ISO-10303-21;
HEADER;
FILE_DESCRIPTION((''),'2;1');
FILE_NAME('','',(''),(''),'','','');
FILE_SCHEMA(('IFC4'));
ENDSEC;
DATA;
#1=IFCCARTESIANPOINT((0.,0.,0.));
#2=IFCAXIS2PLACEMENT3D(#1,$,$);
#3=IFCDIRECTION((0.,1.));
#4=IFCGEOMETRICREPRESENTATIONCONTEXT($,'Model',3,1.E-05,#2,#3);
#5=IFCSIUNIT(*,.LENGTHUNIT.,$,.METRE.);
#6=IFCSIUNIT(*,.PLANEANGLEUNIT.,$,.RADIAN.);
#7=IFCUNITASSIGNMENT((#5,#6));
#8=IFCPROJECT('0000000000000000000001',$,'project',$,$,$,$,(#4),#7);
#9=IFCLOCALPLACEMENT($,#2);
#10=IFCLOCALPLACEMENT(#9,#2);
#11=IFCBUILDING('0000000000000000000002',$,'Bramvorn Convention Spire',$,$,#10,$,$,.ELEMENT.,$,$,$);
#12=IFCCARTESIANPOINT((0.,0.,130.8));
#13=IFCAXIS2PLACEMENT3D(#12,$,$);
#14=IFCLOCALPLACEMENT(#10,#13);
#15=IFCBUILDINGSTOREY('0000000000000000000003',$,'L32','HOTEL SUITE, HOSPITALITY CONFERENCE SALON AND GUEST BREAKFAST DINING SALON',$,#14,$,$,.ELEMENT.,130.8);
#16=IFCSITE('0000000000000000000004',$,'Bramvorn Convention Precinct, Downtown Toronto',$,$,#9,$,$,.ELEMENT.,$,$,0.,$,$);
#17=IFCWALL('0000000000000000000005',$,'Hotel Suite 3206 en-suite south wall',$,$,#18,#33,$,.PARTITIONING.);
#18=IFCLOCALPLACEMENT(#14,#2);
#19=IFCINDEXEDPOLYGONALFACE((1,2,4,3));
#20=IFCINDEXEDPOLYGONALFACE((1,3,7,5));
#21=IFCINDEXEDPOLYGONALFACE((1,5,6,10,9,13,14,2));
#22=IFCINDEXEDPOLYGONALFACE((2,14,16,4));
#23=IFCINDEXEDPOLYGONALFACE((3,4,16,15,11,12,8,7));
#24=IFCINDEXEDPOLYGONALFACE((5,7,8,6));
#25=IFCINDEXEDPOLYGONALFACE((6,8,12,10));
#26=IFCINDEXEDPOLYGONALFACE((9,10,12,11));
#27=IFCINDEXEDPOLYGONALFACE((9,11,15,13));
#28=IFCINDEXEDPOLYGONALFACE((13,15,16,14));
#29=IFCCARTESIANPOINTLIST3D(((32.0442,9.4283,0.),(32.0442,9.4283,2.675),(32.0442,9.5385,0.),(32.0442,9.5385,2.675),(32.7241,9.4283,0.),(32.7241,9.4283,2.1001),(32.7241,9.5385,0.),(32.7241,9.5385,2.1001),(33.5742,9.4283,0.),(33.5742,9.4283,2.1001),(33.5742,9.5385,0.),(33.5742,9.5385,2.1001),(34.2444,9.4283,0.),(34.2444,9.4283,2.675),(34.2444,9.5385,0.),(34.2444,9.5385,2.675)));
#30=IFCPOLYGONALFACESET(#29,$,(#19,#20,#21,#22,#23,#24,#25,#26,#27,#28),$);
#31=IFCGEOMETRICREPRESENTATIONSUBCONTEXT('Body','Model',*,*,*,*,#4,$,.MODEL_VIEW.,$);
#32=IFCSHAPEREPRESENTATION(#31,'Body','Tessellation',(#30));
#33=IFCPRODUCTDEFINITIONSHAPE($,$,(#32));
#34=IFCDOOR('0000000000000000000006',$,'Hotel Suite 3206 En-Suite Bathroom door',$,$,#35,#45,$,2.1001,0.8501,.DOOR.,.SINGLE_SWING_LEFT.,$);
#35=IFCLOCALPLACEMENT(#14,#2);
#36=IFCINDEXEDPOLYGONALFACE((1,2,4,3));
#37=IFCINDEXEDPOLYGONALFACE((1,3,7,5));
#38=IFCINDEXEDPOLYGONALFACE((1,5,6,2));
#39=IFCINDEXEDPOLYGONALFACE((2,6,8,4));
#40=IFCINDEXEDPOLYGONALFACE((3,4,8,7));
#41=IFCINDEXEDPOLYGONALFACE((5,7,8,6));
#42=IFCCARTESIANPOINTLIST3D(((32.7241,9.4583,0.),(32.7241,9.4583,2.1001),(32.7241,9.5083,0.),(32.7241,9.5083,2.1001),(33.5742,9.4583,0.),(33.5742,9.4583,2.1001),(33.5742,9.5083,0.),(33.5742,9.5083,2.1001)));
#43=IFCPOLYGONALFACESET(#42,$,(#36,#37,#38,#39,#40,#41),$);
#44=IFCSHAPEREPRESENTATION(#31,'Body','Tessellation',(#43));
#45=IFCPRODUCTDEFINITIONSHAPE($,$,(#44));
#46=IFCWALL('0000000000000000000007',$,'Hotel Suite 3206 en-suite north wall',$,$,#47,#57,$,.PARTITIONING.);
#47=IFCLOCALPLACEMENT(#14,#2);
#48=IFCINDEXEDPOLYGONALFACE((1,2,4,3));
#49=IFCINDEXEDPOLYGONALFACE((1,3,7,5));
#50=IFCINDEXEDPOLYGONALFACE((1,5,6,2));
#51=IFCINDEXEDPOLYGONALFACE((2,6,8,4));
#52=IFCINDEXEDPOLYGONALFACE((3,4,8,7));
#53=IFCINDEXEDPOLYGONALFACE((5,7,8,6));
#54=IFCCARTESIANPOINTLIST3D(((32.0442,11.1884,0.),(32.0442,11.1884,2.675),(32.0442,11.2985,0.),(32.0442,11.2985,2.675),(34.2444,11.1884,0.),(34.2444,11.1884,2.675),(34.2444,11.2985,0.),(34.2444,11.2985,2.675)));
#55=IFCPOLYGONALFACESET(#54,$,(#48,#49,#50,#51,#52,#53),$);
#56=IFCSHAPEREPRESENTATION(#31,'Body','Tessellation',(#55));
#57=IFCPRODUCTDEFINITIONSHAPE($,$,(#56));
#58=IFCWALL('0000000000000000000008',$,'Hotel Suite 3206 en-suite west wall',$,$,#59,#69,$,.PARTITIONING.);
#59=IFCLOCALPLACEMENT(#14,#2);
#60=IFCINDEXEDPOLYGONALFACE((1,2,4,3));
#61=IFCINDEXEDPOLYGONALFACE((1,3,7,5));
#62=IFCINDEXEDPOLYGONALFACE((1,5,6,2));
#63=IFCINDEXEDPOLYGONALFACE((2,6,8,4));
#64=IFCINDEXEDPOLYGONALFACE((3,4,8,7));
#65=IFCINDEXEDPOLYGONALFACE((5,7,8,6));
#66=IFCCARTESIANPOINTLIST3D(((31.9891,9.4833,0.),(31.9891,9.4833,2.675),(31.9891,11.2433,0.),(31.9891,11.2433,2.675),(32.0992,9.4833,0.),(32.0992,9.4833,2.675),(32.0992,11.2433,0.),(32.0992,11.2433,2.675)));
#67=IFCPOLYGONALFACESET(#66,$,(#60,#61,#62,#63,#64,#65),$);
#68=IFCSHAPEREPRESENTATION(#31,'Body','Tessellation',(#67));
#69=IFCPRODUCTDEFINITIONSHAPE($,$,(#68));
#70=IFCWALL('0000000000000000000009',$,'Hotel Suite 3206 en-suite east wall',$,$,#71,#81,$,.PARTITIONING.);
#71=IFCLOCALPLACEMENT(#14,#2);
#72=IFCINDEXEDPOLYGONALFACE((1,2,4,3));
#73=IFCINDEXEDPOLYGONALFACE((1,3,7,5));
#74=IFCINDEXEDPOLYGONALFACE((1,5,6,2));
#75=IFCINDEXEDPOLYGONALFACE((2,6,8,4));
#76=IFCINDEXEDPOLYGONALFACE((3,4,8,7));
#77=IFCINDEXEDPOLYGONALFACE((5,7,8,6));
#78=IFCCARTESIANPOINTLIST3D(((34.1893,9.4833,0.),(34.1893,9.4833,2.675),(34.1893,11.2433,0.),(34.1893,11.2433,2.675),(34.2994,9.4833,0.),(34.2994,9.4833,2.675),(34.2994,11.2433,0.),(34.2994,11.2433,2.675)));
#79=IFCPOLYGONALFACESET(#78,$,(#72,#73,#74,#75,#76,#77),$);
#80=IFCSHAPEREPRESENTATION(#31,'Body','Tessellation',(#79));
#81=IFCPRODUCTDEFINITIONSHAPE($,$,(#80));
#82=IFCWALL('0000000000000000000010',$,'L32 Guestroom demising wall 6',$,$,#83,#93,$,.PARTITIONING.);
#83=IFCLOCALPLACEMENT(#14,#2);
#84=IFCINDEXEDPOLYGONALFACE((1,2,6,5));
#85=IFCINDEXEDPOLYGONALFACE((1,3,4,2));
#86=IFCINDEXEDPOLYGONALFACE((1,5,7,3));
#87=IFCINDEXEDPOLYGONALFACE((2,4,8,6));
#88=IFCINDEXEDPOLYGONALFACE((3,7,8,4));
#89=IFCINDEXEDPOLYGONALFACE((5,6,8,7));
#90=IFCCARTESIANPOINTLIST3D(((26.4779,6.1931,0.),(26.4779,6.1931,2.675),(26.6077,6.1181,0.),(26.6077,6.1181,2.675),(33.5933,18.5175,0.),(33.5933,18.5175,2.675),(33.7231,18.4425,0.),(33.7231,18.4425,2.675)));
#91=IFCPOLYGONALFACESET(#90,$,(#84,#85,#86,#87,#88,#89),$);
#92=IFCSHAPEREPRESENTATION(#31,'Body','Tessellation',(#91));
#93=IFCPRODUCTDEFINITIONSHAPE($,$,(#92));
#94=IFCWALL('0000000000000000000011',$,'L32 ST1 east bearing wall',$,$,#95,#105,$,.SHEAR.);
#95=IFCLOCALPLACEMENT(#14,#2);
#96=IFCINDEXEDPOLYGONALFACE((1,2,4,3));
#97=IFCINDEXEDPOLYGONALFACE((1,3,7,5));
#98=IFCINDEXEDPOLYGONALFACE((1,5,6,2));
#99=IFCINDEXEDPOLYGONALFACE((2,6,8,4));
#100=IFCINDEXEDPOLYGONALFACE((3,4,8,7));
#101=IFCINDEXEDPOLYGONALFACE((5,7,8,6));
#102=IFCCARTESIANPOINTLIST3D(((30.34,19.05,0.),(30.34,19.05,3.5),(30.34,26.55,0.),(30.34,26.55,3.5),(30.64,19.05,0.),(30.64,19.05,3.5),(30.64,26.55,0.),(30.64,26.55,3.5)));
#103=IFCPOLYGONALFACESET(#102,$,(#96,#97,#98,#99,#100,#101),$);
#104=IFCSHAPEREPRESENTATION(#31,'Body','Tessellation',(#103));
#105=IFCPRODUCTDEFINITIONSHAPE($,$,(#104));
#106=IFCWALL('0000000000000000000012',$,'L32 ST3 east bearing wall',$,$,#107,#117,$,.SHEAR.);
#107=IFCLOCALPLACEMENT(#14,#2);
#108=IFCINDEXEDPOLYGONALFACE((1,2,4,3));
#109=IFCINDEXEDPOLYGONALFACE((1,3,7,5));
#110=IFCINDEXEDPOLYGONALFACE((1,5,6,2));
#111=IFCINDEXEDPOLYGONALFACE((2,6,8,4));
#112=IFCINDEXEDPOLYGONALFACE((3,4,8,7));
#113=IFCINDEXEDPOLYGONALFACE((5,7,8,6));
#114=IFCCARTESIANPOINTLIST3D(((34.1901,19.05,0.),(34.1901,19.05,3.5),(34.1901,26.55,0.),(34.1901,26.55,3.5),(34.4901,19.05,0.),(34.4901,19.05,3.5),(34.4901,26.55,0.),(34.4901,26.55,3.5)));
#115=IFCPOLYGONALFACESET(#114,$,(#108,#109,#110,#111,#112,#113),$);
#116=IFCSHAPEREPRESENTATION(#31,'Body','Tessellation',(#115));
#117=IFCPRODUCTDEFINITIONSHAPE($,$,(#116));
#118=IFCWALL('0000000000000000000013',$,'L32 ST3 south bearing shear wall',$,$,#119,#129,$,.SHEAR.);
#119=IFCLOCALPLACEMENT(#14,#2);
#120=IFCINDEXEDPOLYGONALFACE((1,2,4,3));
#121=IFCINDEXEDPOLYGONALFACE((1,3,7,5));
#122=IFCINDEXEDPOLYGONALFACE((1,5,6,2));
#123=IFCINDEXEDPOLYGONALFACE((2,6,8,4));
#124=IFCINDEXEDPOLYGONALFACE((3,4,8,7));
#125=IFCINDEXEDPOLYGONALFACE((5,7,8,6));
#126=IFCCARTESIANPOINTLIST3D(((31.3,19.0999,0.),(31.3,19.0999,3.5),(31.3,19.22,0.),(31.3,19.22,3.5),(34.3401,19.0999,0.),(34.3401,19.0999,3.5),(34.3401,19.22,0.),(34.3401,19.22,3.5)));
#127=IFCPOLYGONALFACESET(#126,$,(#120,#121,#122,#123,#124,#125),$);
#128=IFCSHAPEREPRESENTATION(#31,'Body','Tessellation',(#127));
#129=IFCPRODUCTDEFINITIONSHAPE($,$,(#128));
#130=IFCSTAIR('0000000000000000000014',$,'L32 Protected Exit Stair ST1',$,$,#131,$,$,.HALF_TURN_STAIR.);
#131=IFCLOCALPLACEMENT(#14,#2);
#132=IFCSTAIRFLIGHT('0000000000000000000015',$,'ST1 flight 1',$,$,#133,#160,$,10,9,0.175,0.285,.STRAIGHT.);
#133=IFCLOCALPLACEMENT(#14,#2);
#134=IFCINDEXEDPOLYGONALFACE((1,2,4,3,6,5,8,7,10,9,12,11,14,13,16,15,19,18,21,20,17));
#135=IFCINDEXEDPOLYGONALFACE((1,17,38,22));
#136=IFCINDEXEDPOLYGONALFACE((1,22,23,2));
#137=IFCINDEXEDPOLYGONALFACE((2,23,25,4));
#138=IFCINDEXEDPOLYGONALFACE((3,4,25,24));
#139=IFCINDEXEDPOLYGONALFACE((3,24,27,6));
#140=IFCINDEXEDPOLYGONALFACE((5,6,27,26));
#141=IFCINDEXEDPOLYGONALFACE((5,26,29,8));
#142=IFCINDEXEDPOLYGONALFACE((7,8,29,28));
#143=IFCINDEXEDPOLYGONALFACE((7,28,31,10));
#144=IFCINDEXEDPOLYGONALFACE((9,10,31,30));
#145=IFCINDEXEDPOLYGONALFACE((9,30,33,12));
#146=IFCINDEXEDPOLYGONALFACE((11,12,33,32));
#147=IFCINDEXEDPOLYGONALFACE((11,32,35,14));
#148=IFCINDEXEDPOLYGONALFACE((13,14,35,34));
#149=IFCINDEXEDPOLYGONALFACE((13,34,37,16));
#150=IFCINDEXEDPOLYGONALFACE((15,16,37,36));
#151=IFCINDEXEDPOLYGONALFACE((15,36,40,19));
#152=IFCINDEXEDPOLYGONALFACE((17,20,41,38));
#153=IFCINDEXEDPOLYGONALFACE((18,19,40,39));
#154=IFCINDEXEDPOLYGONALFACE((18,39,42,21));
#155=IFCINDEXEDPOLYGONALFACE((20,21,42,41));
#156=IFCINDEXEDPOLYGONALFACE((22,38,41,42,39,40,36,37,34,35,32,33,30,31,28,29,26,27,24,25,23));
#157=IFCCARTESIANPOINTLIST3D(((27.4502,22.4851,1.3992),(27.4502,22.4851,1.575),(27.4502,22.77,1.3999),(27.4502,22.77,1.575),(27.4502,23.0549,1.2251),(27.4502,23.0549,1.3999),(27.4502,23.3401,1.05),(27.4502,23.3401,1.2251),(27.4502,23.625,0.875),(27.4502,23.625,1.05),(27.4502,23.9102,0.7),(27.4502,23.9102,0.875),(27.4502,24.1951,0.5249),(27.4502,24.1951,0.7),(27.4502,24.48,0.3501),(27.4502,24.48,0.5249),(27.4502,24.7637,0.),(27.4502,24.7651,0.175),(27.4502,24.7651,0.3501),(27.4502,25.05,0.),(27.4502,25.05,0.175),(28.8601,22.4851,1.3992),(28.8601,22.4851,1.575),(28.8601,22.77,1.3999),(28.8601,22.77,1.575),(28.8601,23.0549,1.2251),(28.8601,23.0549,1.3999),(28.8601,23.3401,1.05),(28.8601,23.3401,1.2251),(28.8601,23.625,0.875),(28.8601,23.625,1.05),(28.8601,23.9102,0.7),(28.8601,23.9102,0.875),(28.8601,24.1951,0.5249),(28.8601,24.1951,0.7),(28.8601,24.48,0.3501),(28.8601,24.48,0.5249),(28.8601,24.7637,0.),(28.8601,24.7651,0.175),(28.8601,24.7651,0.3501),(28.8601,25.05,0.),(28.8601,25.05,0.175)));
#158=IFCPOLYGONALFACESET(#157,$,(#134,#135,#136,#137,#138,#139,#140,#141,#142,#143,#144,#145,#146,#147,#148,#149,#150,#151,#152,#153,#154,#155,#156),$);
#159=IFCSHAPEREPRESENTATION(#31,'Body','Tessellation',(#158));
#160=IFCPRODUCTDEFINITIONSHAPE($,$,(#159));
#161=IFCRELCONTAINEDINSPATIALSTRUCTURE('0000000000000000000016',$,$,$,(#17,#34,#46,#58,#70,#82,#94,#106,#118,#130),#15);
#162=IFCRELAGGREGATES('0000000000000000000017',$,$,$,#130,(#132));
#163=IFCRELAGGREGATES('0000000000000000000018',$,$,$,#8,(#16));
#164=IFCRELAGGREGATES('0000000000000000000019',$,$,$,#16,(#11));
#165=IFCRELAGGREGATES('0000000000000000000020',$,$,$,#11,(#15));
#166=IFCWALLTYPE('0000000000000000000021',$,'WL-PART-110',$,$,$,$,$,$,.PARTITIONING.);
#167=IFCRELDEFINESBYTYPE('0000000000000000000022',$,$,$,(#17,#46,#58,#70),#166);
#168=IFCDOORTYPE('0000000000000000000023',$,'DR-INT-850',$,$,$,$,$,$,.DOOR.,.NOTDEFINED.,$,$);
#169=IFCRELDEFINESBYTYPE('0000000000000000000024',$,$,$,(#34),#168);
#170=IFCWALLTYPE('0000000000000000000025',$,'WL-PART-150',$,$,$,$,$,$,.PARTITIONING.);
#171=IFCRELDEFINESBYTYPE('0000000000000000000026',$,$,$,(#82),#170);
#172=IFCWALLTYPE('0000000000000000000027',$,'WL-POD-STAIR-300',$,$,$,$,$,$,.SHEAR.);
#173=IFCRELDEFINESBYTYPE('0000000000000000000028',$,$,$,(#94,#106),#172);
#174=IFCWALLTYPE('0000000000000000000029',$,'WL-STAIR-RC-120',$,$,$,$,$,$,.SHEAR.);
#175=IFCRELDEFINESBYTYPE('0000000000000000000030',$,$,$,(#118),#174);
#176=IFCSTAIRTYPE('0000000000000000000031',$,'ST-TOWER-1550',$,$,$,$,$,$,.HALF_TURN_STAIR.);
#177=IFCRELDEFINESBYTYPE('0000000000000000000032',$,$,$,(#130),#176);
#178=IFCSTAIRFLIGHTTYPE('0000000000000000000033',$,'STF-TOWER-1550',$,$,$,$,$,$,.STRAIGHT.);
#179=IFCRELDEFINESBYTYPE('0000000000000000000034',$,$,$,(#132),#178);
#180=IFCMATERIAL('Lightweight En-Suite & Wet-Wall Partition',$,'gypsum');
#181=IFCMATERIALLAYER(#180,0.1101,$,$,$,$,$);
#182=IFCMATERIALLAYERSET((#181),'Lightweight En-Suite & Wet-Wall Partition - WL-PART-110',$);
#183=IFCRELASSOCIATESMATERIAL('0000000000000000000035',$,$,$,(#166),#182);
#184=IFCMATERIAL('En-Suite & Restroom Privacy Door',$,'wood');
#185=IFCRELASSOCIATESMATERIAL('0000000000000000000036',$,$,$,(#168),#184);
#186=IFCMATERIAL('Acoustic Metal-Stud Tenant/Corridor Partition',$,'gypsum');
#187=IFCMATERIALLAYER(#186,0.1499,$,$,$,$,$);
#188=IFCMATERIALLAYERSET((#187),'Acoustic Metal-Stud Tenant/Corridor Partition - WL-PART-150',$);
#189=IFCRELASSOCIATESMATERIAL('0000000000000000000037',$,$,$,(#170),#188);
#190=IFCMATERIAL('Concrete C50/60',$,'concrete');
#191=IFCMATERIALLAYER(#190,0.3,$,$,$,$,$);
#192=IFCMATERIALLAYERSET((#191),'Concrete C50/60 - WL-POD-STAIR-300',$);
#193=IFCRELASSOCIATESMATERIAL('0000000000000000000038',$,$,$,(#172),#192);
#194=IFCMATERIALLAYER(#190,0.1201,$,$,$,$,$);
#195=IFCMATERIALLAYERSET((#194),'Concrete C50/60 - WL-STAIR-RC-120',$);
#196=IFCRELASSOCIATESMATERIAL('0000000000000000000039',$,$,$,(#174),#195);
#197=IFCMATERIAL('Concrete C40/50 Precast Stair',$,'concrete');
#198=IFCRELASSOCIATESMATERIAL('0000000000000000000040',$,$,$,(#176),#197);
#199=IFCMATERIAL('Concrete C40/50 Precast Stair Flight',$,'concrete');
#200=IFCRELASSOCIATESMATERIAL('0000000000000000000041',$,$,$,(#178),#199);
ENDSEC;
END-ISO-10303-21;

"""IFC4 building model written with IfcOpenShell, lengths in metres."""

from ifc_helpers import new_model, si_unit, direction, frame, frame_2d, origin, place, context, subcontext, project, spatial, polyline, rectangle, outline, extrude, material, layer, layer_set, type_object, element, fill, aggregate, save


model = new_model("IFC4")

# Units and contexts
model_context = context("Model", 3, precision=1e-05, world=origin(), true_north=direction((0.0, 1.0)))
body_context = subcontext(model_context, "Body", "Model", "MODEL_VIEW")
ifc_project = project(units=[si_unit("LENGTHUNIT", "METRE"), si_unit("PLANEANGLEUNIT", "RADIAN")], contexts=[model_context])

# Site, building, storey
site_placement = place(None, origin())
site = spatial("IfcSite", under=ifc_project, at=site_placement, Name="Bramvorn Convention Precinct, Downtown Toronto", CompositionType="ELEMENT", RefElevation=0.0)
building_placement = place(site_placement, origin())
building = spatial("IfcBuilding", under=site, at=building_placement, Name="Bramvorn Convention Spire", CompositionType="ELEMENT")
storey_placement = place(building_placement, frame((0.0, 0.0, 130.8)))
storey = spatial("IfcBuildingStorey", under=building, at=storey_placement, Name="L32", Description="HOTEL SUITE, HOSPITALITY CONFERENCE SALON AND GUEST BREAKFAST DINING SALON", CompositionType="ELEMENT", Elevation=130.8)

# Wall, opening, door
ifc_material_1 = material(Name="Lightweight En-Suite & Wet-Wall Partition", Category="gypsum")
ifc_layer_1 = layer(ifc_material_1, 0.1101)
ifc_layer_set_1 = layer_set([ifc_layer_1], Name="Lightweight En-Suite & Wet-Wall Partition - WL-PART-110")
wall_type_1 = type_object("IfcWallType", Name="WL-PART-110", PredefinedType="PARTITIONING", material=ifc_layer_set_1)
wall_1_placement = place(storey_placement, frame((32.0442, 9.4834, 0.0), z_axis=(0.0, 0.0, 1.0), x_axis=(1.0, 0.0, 0.0)))
wall_1 = element("IfcWall", 1, at=wall_1_placement, inside=storey, type_object=wall_type_1, Name="Hotel Suite 3206 en-suite south wall", PredefinedType="PARTITIONING", context=body_context, shape_type="SweptSolid", body=[
    extrude(rectangle(XDim=2.2002, YDim=0.1101, at=frame_2d((1.1001, 0.0))), origin(), (0.0, 0.0, 1.0), 2.675),
])
opening_placement = place(wall_1_placement, frame((0.6799, 0.0, 0.0)))
opening = element("IfcOpeningElement", 2, at=opening_placement, cuts=wall_1, PredefinedType="OPENING", context=body_context, shape_type="SweptSolid", body=[
    extrude(rectangle(XDim=0.8501, YDim=2.1001, at=frame_2d((0.425, 1.05))), frame((0.0, 0.0649, 0.0), z_axis=(0.0, -1.0, 0.0), x_axis=(1.0, 0.0, 0.0)), (0.0, 0.0, 1.0), 0.1301),
])
ifc_material_2 = material(Name="En-Suite & Restroom Privacy Door", Category="wood")
door_type = type_object("IfcDoorType", Name="DR-INT-850", OperationType="NOTDEFINED", PredefinedType="DOOR", material=ifc_material_2)
door_placement = place(opening_placement, origin())
door = element("IfcDoor", 3, at=door_placement, inside=storey, type_object=door_type, Name="Hotel Suite 3206 En-Suite Bathroom door", OperationType="SINGLE_SWING_LEFT", OverallHeight=2.1001, OverallWidth=0.8501, PredefinedType="DOOR", context=body_context, shape_type="SweptSolid", body=[
    extrude(rectangle(XDim=0.8501, YDim=2.1001, at=frame_2d((0.425, 1.05))), frame((0.0, 0.0249, 0.0), z_axis=(0.0, -1.0, 0.0), x_axis=(1.0, 0.0, 0.0)), (0.0, 0.0, 1.0), 0.05),
])
fill(opening, door)

# Walls
wall_2_placement = place(storey_placement, frame((32.0442, 11.2434, 0.0), z_axis=(0.0, 0.0, 1.0), x_axis=(1.0, 0.0, 0.0)))
element("IfcWall", 4, at=wall_2_placement, inside=storey, type_object=wall_type_1, Name="Hotel Suite 3206 en-suite north wall", PredefinedType="PARTITIONING", context=body_context, shape_type="SweptSolid", body=[
    extrude(rectangle(XDim=2.2002, YDim=0.1101, at=frame_2d((1.1001, 0.0))), origin(), (0.0, 0.0, 1.0), 2.675),
])
for number, where, z_axis, x_axis, name in (
    (5, (32.0442, 9.4834, 0.0), (0.0, 0.0, 1.0), (0.0, 1.0, 0.0), "Hotel Suite 3206 en-suite west wall"),
    (6, (34.2444, 9.4834, 0.0), (0.0, 0.0, 1.0), (0.0, 1.0, 0.0), "Hotel Suite 3206 en-suite east wall"),
):
    element("IfcWall", number, at=place(storey_placement, frame(where, z_axis=z_axis, x_axis=x_axis)), inside=storey, type_object=wall_type_1, Name=name, PredefinedType="PARTITIONING", context=body_context, shape_type="SweptSolid", body=[
        extrude(rectangle(XDim=1.76, YDim=0.1101, at=frame_2d((0.8799, 0.0))), origin(), (0.0, 0.0, 1.0), 2.675),
    ])
ifc_material_3 = material(Name="Acoustic Metal-Stud Tenant/Corridor Partition", Category="gypsum")
ifc_layer_2 = layer(ifc_material_3, 0.1499)
ifc_layer_set_2 = layer_set([ifc_layer_2], Name="Acoustic Metal-Stud Tenant/Corridor Partition - WL-PART-150")
wall_type_2 = type_object("IfcWallType", Name="WL-PART-150", PredefinedType="PARTITIONING", material=ifc_layer_set_2)
wall_3_placement = place(storey_placement, frame((33.6582, 18.48, 0.0), z_axis=(0.0, 0.0, 1.0), x_axis=(-0.499997, -0.866027, 0.0)))
element("IfcWall", 7, at=wall_3_placement, inside=storey, type_object=wall_type_2, Name="L32 Guestroom demising wall 6", PredefinedType="PARTITIONING", context=body_context, shape_type="SweptSolid", body=[
    extrude(rectangle(XDim=14.231, YDim=0.1499, at=frame_2d((7.1155, 0.0))), origin(), (0.0, 0.0, 1.0), 2.675),
])
ifc_material_4 = material(Name="Concrete C50/60", Category="concrete")
ifc_layer_3 = layer(ifc_material_4, 0.3)
ifc_layer_set_3 = layer_set([ifc_layer_3], Name="Concrete C50/60 - WL-POD-STAIR-300")
wall_type_3 = type_object("IfcWallType", Name="WL-POD-STAIR-300", PredefinedType="SHEAR", material=ifc_layer_set_3)
for number, where, z_axis, x_axis, name in (
    (8, (30.49, 19.05, 0.0), (0.0, 0.0, 1.0), (0.0, 1.0, 0.0), "L32 ST1 east bearing wall"),
    (9, (34.3401, 19.05, 0.0), (0.0, 0.0, 1.0), (0.0, 1.0, 0.0), "L32 ST3 east bearing wall"),
):
    element("IfcWall", number, at=place(storey_placement, frame(where, z_axis=z_axis, x_axis=x_axis)), inside=storey, type_object=wall_type_3, Name=name, PredefinedType="SHEAR", context=body_context, shape_type="SweptSolid", body=[
        extrude(rectangle(XDim=7.5, YDim=0.3, at=frame_2d((3.75, 0.0))), origin(), (0.0, 0.0, 1.0), 3.5),
    ])
ifc_layer_4 = layer(ifc_material_4, 0.1201)
ifc_layer_set_4 = layer_set([ifc_layer_4], Name="Concrete C50/60 - WL-STAIR-RC-120")
wall_type_4 = type_object("IfcWallType", Name="WL-STAIR-RC-120", PredefinedType="SHEAR", material=ifc_layer_set_4)
wall_4_placement = place(storey_placement, frame((31.3, 19.1599, 0.0), z_axis=(0.0, 0.0, 1.0), x_axis=(1.0, 0.0, 0.0)))
element("IfcWall", 10, at=wall_4_placement, inside=storey, type_object=wall_type_4, Name="L32 ST3 south bearing shear wall", PredefinedType="SHEAR", context=body_context, shape_type="SweptSolid", body=[
    extrude(rectangle(XDim=3.04, YDim=0.1201, at=frame_2d((1.52, 0.0))), origin(), (0.0, 0.0, 1.0), 3.5),
])

# Stair, stair flight
ifc_material_5 = material(Name="Concrete C40/50 Precast Stair", Category="concrete")
stair_type = type_object("IfcStairType", Name="ST-TOWER-1550", PredefinedType="HALF_TURN_STAIR", material=ifc_material_5)
stair_1_placement = place(storey_placement, origin())
stair_1 = element("IfcStair", 11, at=stair_1_placement, inside=storey, type_object=stair_type, Name="L32 Protected Exit Stair ST1", PredefinedType="HALF_TURN_STAIR")
ifc_material_6 = material(Name="Concrete C40/50 Precast Stair Flight", Category="concrete")
stair_flight_type = type_object("IfcStairFlightType", Name="STF-TOWER-1550", PredefinedType="STRAIGHT", material=ifc_material_6)
stair_flight_1_placement = place(storey_placement, frame((28.155, 25.05, 0.0), z_axis=(0.0, 0.0, 1.0), x_axis=(0.0, -1.0, 0.0)))
stair_flight_1 = element("IfcStairFlight", 12, at=stair_flight_1_placement, type_object=stair_flight_type, Name="ST1 flight 1", NumberOfRisers=10, NumberOfTreads=9, PredefinedType="STRAIGHT", RiserHeight=0.175, TreadLength=0.285, context=body_context, shape_type="SweptSolid", body=[
    extrude(outline(polyline([(0.0, 0.0), (0.0, 0.175), (0.2849, 0.175), (0.2849, 0.3501), (0.5701, 0.3501), (0.5701, 0.5249), (0.855, 0.5249), (0.855, 0.7), (1.1399, 0.7), (1.1399, 0.875), (1.425, 0.875), (1.425, 1.05), (1.71, 1.05), (1.71, 1.2251), (1.9951, 1.2251), (1.9951, 1.3999), (2.28, 1.3999), (2.28, 1.575), (2.5649, 1.575), (2.5649, 1.75), (2.5649, 1.3992), (0.2864, 0.0), (0.0, 0.0)])), frame((0.0, 0.7051, 0.0), z_axis=(0.0, -1.0, 0.0), x_axis=(1.0, 0.0, 0.0)), (0.0, 0.0, 1.0), 1.4099),
])
aggregate(stair_1, [stair_flight_1])

save(model, "model.ifc")
